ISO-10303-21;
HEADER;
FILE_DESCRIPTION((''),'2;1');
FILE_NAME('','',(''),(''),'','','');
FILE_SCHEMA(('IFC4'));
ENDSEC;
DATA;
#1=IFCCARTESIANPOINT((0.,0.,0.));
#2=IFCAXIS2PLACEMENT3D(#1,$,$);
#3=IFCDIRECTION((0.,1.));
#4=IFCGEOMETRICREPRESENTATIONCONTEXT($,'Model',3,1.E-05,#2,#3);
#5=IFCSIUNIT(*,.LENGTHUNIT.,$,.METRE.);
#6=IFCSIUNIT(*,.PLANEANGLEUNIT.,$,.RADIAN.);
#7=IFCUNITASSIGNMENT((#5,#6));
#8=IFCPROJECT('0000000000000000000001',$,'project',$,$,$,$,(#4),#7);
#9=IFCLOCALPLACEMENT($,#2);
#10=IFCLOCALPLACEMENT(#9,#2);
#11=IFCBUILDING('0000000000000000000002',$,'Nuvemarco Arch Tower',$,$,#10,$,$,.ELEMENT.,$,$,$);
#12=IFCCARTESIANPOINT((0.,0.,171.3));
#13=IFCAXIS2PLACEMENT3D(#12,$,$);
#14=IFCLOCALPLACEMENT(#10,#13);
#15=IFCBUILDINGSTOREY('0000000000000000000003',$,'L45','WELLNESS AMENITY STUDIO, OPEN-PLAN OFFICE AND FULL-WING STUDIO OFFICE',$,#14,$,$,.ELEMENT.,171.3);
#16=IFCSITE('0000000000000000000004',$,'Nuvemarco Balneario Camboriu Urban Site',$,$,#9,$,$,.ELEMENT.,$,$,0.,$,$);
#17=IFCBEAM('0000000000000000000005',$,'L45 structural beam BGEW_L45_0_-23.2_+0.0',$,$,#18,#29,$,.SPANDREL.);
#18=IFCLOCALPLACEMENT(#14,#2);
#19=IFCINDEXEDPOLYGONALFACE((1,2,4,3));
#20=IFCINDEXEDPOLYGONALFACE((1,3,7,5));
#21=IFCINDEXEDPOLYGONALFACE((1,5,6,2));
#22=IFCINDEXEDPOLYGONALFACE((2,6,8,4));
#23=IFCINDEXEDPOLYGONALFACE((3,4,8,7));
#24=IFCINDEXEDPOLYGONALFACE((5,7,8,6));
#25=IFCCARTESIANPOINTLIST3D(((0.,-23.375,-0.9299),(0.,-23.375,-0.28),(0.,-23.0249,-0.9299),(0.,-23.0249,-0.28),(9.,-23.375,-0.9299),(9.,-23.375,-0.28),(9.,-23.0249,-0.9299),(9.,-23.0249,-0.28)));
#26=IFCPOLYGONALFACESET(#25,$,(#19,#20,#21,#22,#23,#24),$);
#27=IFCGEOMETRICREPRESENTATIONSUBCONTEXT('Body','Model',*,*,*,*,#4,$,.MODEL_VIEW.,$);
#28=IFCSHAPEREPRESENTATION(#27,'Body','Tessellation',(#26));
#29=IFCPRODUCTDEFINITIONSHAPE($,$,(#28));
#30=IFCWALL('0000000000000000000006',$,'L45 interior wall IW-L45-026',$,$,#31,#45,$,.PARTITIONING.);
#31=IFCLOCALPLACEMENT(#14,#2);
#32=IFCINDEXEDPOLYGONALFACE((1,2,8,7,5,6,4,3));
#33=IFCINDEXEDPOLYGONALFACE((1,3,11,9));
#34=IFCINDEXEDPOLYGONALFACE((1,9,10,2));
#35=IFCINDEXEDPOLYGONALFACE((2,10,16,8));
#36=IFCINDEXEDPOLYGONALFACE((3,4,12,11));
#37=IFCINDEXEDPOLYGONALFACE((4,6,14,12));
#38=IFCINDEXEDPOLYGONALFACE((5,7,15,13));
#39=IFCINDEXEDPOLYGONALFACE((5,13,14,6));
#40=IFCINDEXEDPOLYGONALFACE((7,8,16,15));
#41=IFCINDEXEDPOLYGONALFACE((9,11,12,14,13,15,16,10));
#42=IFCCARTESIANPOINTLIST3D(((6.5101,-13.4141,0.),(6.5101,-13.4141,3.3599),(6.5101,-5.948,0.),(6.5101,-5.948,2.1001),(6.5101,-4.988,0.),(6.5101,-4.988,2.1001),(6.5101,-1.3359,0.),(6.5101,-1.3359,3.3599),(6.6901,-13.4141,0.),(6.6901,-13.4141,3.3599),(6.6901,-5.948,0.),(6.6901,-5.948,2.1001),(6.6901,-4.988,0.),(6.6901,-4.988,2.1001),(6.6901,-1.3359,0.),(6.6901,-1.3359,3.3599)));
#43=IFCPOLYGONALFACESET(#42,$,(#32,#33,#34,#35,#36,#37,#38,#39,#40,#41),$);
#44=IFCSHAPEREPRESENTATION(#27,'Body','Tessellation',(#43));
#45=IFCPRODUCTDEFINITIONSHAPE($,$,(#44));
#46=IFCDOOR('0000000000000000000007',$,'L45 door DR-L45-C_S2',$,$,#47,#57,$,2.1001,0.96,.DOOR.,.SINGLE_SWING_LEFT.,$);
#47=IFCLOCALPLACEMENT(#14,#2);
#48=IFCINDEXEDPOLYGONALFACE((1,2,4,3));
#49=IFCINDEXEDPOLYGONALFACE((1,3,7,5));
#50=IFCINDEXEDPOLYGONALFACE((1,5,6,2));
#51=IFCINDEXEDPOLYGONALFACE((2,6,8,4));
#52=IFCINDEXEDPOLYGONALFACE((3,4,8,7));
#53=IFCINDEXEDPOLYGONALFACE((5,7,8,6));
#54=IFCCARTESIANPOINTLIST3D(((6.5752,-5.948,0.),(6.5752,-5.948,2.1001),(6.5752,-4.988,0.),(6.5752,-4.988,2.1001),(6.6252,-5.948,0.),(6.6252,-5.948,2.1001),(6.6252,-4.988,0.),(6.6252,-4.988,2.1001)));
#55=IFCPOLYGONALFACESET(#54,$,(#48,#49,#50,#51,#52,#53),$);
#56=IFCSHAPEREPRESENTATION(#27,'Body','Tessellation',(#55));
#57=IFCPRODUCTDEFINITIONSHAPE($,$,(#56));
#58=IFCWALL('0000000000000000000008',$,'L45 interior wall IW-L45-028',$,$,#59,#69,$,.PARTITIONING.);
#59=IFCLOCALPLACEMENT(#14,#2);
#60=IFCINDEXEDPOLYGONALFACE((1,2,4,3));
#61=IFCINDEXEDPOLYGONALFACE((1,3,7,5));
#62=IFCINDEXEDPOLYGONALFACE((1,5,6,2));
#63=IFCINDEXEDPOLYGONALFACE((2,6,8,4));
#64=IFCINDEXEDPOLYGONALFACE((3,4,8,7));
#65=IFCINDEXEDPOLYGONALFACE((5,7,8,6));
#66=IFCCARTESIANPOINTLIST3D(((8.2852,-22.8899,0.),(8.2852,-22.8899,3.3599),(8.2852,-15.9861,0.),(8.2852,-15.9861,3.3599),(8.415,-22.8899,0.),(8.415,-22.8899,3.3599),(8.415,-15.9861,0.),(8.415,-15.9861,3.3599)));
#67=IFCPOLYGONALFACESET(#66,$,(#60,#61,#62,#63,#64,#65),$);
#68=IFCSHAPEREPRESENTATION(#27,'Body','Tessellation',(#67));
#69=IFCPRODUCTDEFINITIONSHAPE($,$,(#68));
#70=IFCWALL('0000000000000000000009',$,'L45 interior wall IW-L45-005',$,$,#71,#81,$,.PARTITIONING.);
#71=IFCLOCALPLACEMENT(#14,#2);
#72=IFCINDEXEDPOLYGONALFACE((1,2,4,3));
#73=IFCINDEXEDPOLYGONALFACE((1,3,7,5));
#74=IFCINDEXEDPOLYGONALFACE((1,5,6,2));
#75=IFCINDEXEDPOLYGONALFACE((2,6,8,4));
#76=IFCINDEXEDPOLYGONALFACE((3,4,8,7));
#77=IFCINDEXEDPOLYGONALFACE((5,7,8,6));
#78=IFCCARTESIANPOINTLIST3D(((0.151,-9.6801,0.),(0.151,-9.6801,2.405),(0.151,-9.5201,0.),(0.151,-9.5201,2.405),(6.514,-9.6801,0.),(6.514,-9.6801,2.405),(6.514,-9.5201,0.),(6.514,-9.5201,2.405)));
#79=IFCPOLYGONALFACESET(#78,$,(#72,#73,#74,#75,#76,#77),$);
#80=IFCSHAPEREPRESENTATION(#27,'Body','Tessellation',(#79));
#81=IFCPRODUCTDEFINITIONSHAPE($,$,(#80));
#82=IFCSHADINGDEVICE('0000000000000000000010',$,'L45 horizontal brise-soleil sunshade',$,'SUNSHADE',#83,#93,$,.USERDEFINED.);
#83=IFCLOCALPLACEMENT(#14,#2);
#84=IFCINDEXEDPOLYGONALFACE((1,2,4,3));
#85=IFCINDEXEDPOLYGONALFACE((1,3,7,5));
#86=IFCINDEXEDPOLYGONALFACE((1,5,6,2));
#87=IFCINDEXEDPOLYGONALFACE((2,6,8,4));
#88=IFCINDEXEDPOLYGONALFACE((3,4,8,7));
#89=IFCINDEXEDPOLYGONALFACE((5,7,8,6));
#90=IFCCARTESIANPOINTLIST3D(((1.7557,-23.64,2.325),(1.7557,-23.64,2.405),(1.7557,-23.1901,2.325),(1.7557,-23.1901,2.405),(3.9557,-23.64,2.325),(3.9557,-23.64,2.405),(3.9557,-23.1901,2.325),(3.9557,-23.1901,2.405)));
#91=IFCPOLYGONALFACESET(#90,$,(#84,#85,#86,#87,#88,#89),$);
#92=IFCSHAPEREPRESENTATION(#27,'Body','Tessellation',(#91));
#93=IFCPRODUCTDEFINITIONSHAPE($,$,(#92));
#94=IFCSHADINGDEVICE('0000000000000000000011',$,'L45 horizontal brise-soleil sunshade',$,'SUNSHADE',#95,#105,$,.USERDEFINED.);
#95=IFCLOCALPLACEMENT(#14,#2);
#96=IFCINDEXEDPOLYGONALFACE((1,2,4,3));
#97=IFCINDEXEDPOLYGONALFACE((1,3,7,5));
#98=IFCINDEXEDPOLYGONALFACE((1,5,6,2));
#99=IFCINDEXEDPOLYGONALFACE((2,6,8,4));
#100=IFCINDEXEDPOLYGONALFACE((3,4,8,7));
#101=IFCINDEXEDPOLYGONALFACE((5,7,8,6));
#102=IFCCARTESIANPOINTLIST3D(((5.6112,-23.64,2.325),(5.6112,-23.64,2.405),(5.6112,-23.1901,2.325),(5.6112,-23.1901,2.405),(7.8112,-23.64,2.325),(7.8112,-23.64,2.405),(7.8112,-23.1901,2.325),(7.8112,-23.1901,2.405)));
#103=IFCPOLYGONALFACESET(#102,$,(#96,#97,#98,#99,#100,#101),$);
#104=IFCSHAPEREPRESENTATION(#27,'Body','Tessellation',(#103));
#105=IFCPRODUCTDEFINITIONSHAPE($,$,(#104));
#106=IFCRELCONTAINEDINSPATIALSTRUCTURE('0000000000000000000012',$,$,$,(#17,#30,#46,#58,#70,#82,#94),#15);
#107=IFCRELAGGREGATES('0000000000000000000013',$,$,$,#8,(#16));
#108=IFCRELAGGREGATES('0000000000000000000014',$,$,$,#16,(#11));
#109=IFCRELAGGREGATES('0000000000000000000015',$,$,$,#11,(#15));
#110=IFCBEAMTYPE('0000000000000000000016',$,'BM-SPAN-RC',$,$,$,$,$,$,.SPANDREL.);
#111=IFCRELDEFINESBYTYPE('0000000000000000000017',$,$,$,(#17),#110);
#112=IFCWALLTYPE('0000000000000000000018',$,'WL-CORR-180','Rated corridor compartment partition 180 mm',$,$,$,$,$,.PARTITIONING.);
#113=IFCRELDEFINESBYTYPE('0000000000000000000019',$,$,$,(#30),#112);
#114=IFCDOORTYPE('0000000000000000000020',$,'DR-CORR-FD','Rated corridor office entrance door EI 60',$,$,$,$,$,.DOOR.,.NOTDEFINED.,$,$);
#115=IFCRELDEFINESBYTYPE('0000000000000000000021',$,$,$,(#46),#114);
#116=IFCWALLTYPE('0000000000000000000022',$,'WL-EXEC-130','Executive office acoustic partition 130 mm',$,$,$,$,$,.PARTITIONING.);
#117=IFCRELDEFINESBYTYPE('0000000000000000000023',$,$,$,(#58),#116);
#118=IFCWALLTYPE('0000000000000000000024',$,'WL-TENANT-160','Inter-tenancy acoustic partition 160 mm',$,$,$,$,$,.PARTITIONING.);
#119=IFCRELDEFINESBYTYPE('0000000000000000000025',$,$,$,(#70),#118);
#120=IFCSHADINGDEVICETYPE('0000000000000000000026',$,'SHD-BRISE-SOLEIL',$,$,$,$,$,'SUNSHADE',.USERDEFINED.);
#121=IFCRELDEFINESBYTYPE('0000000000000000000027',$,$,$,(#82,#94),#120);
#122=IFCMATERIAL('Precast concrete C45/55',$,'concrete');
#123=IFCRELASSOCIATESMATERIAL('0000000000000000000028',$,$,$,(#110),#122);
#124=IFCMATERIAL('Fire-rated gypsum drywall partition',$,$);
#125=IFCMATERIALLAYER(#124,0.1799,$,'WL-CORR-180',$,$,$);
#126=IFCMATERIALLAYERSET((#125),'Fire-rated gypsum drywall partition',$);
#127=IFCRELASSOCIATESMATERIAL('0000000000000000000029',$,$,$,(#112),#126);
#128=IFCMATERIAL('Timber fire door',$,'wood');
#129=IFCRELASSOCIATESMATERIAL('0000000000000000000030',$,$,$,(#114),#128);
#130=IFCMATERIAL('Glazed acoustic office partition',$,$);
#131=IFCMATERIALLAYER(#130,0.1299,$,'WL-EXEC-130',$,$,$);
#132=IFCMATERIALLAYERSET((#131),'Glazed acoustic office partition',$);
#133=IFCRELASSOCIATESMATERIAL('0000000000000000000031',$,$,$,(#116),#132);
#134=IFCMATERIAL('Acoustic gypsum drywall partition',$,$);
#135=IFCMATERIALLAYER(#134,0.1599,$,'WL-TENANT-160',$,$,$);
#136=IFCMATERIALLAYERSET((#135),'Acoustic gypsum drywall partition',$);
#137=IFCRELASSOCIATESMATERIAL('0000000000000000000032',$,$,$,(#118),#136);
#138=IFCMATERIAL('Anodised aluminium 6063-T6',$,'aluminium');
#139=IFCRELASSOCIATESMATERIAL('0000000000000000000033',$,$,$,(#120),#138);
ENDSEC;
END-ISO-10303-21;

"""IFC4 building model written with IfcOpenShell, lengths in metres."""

from ifc_helpers import new_model, si_unit, direction, frame, frame_2d, origin, origin_2d, place, context, subcontext, project, spatial, rectangle, extrude, source, transform, mapped, material, layer, layer_set, material_profile, profile_set, type_object, type_shapes, element, fill, save


model = new_model("IFC4")

# Units and contexts
model_context = context("Model", 3, precision=1e-05, world=origin(), true_north=direction((0.0, 1.0)))
body_context = subcontext(model_context, "Body", "Model", "MODEL_VIEW")
ifc_project = project(units=[si_unit("LENGTHUNIT", "METRE"), si_unit("PLANEANGLEUNIT", "RADIAN")], contexts=[model_context])

# Site, building, storey
site_placement = place(None, origin())
site = spatial("IfcSite", under=ifc_project, at=site_placement, Name="Nuvemarco Balneario Camboriu Urban Site", CompositionType="ELEMENT", RefElevation=0.0)
building_placement = place(site_placement, origin())
building = spatial("IfcBuilding", under=site, at=building_placement, Name="Nuvemarco Arch Tower", CompositionType="ELEMENT")
storey_placement = place(building_placement, frame((0.0, 0.0, 171.3)))
storey = spatial("IfcBuildingStorey", under=building, at=storey_placement, Name="L45", Description="WELLNESS AMENITY STUDIO, OPEN-PLAN OFFICE AND FULL-WING STUDIO OFFICE", CompositionType="ELEMENT", Elevation=171.3)

# Beam
ifc_material_1 = material(Name="Precast concrete C45/55", Category="concrete")
ifc_material_profile_1 = material_profile(ifc_material_1, rectangle(XDim=0.3501, YDim=0.6499, at=origin_2d()), Name="PC-SP-350x650")
ifc_profile_set_1 = profile_set([ifc_material_profile_1], Name="Precast concrete C45/55")
beam_type_1 = type_object("IfcBeamType", Name="BM-SPAN-RC", PredefinedType="SPANDREL", material=ifc_profile_set_1)
beam_1_placement = place(storey_placement, frame((0.0, -23.2, -0.605), z_axis=(1.0, 0.0, 0.0), x_axis=(0.0, 1.0, 0.0)))
element("IfcBeam", 1, at=beam_1_placement, inside=storey, type_object=beam_type_1, Name="L45 structural beam BGEW_L45_0_-23.2_+0.0", PredefinedType="SPANDREL", context=body_context, shape_type="SweptSolid", body=[
    extrude(rectangle(XDim=0.3501, YDim=0.6499, at=origin_2d()), origin(), (0.0, 0.0, 1.0), 9.0),
])

# Wall, opening, door
ifc_material_2 = material(Name="Fire-rated gypsum drywall partition")
ifc_layer_1 = layer(ifc_material_2, 0.1799, Name="WL-CORR-180")
ifc_layer_set_1 = layer_set([ifc_layer_1], Name="Fire-rated gypsum drywall partition")
wall_type_1 = type_object("IfcWallType", Name="WL-CORR-180", Description="Rated corridor compartment partition 180 mm", PredefinedType="PARTITIONING", material=ifc_layer_set_1)
wall_1_placement = place(storey_placement, frame((6.6001, -13.4141, 0.0), z_axis=(0.0, 0.0, 1.0), x_axis=(0.0, 1.0, 0.0)))
wall_1 = element("IfcWall", 2, at=wall_1_placement, inside=storey, type_object=wall_type_1, Name="L45 interior wall IW-L45-026", PredefinedType="PARTITIONING", context=body_context, shape_type="SweptSolid", body=[
    extrude(rectangle(XDim=12.0781, YDim=0.1799, at=frame_2d((6.0391, 0.0))), origin(), (0.0, 0.0, 1.0), 3.3599),
])
opening_placement = place(wall_1_placement, frame((7.4661, 0.0, 0.0)))
opening = element("IfcOpeningElement", 3, at=opening_placement, cuts=wall_1, PredefinedType="OPENING", context=body_context, shape_type="SweptSolid", body=[
    extrude(rectangle(XDim=0.96, YDim=2.1001, at=frame_2d((0.48, 1.05))), frame((0.0, 0.0999, 0.0), z_axis=(0.0, -1.0, 0.0), x_axis=(1.0, 0.0, 0.0)), (0.0, 0.0, 1.0), 0.2),
])
ifc_material_3 = material(Name="Timber fire door", Category="wood")
door_type = type_object("IfcDoorType", Name="DR-CORR-FD", Description="Rated corridor office entrance door EI 60", OperationType="NOTDEFINED", PredefinedType="DOOR", material=ifc_material_3)
shared_shape_1 = source(origin(), body_context, "Body", "SweptSolid", [
    extrude(rectangle(XDim=0.96, YDim=2.1001, at=frame_2d((0.48, 1.05))), frame((0.0, 0.0249, 0.0), z_axis=(0.0, -1.0, 0.0), x_axis=(1.0, 0.0, 0.0)), (0.0, 0.0, 1.0), 0.05),
])
type_shapes(door_type, [shared_shape_1])
door_placement = place(opening_placement, origin())
door = element("IfcDoor", 4, at=door_placement, inside=storey, type_object=door_type, Name="L45 door DR-L45-C_S2", OperationType="SINGLE_SWING_LEFT", OverallHeight=2.1001, OverallWidth=0.96, PredefinedType="DOOR", context=body_context, shape_type="MappedRepresentation", body=[
    mapped(shared_shape_1, transform((0.0, 0.0, 0.0), scale=1.0)),
])
fill(opening, door)

# Walls
ifc_material_4 = material(Name="Glazed acoustic office partition")
ifc_layer_2 = layer(ifc_material_4, 0.1299, Name="WL-EXEC-130")
ifc_layer_set_2 = layer_set([ifc_layer_2], Name="Glazed acoustic office partition")
wall_type_2 = type_object("IfcWallType", Name="WL-EXEC-130", Description="Executive office acoustic partition 130 mm", PredefinedType="PARTITIONING", material=ifc_layer_set_2)
wall_2_placement = place(storey_placement, frame((8.3501, -22.8899, 0.0), z_axis=(0.0, 0.0, 1.0), x_axis=(0.0, 1.0, 0.0)))
element("IfcWall", 5, at=wall_2_placement, inside=storey, type_object=wall_type_2, Name="L45 interior wall IW-L45-028", PredefinedType="PARTITIONING", context=body_context, shape_type="SweptSolid", body=[
    extrude(rectangle(XDim=6.9038, YDim=0.1299, at=frame_2d((3.4519, 0.0))), origin(), (0.0, 0.0, 1.0), 3.3599),
])
ifc_material_5 = material(Name="Acoustic gypsum drywall partition")
ifc_layer_3 = layer(ifc_material_5, 0.1599, Name="WL-TENANT-160")
ifc_layer_set_3 = layer_set([ifc_layer_3], Name="Acoustic gypsum drywall partition")
wall_type_3 = type_object("IfcWallType", Name="WL-TENANT-160", Description="Inter-tenancy acoustic partition 160 mm", PredefinedType="PARTITIONING", material=ifc_layer_set_3)
wall_3_placement = place(storey_placement, frame((0.1509, -9.6001, 0.0), z_axis=(0.0, 0.0, 1.0), x_axis=(1.0, 0.0, 0.0)))
element("IfcWall", 6, at=wall_3_placement, inside=storey, type_object=wall_type_3, Name="L45 interior wall IW-L45-005", PredefinedType="PARTITIONING", context=body_context, shape_type="SweptSolid", body=[
    extrude(rectangle(XDim=6.363, YDim=0.1599, at=frame_2d((3.1816, 0.0))), origin(), (0.0, 0.0, 1.0), 2.405),
])

# Shading devices
ifc_material_6 = material(Name="Anodised aluminium 6063-T6", Category="aluminium")
shading_device_type = type_object("IfcShadingDeviceType", Name="SHD-BRISE-SOLEIL", ElementType="SUNSHADE", PredefinedType="USERDEFINED", material=ifc_material_6)
shared_shape_2 = source(origin(), body_context, "Body", "SweptSolid", [
    extrude(rectangle(XDim=2.2, YDim=0.45, at=origin_2d()), origin(), (0.0, 0.0, 1.0), 0.0801),
])
type_shapes(shading_device_type, [shared_shape_2])
for number, where, z_axis, x_axis, name in (
    (7, (2.8557, -23.415, 2.325), (0.0, 0.0, 1.0), (1.0, 0.0, 0.0), "L45 horizontal brise-soleil sunshade"),
    (8, (6.7112, -23.415, 2.325), (0.0, 0.0, 1.0), (1.0, 0.0, 0.0), "L45 horizontal brise-soleil sunshade"),
):
    element("IfcShadingDevice", number, at=place(storey_placement, frame(where, z_axis=z_axis, x_axis=x_axis)), inside=storey, type_object=shading_device_type, Name=name, ObjectType="SUNSHADE", PredefinedType="USERDEFINED", context=body_context, shape_type="MappedRepresentation", body=[
        mapped(shared_shape_2, transform((0.0, 0.0, 0.0), scale=1.0)),
    ])

save(model, "model.ifc")
